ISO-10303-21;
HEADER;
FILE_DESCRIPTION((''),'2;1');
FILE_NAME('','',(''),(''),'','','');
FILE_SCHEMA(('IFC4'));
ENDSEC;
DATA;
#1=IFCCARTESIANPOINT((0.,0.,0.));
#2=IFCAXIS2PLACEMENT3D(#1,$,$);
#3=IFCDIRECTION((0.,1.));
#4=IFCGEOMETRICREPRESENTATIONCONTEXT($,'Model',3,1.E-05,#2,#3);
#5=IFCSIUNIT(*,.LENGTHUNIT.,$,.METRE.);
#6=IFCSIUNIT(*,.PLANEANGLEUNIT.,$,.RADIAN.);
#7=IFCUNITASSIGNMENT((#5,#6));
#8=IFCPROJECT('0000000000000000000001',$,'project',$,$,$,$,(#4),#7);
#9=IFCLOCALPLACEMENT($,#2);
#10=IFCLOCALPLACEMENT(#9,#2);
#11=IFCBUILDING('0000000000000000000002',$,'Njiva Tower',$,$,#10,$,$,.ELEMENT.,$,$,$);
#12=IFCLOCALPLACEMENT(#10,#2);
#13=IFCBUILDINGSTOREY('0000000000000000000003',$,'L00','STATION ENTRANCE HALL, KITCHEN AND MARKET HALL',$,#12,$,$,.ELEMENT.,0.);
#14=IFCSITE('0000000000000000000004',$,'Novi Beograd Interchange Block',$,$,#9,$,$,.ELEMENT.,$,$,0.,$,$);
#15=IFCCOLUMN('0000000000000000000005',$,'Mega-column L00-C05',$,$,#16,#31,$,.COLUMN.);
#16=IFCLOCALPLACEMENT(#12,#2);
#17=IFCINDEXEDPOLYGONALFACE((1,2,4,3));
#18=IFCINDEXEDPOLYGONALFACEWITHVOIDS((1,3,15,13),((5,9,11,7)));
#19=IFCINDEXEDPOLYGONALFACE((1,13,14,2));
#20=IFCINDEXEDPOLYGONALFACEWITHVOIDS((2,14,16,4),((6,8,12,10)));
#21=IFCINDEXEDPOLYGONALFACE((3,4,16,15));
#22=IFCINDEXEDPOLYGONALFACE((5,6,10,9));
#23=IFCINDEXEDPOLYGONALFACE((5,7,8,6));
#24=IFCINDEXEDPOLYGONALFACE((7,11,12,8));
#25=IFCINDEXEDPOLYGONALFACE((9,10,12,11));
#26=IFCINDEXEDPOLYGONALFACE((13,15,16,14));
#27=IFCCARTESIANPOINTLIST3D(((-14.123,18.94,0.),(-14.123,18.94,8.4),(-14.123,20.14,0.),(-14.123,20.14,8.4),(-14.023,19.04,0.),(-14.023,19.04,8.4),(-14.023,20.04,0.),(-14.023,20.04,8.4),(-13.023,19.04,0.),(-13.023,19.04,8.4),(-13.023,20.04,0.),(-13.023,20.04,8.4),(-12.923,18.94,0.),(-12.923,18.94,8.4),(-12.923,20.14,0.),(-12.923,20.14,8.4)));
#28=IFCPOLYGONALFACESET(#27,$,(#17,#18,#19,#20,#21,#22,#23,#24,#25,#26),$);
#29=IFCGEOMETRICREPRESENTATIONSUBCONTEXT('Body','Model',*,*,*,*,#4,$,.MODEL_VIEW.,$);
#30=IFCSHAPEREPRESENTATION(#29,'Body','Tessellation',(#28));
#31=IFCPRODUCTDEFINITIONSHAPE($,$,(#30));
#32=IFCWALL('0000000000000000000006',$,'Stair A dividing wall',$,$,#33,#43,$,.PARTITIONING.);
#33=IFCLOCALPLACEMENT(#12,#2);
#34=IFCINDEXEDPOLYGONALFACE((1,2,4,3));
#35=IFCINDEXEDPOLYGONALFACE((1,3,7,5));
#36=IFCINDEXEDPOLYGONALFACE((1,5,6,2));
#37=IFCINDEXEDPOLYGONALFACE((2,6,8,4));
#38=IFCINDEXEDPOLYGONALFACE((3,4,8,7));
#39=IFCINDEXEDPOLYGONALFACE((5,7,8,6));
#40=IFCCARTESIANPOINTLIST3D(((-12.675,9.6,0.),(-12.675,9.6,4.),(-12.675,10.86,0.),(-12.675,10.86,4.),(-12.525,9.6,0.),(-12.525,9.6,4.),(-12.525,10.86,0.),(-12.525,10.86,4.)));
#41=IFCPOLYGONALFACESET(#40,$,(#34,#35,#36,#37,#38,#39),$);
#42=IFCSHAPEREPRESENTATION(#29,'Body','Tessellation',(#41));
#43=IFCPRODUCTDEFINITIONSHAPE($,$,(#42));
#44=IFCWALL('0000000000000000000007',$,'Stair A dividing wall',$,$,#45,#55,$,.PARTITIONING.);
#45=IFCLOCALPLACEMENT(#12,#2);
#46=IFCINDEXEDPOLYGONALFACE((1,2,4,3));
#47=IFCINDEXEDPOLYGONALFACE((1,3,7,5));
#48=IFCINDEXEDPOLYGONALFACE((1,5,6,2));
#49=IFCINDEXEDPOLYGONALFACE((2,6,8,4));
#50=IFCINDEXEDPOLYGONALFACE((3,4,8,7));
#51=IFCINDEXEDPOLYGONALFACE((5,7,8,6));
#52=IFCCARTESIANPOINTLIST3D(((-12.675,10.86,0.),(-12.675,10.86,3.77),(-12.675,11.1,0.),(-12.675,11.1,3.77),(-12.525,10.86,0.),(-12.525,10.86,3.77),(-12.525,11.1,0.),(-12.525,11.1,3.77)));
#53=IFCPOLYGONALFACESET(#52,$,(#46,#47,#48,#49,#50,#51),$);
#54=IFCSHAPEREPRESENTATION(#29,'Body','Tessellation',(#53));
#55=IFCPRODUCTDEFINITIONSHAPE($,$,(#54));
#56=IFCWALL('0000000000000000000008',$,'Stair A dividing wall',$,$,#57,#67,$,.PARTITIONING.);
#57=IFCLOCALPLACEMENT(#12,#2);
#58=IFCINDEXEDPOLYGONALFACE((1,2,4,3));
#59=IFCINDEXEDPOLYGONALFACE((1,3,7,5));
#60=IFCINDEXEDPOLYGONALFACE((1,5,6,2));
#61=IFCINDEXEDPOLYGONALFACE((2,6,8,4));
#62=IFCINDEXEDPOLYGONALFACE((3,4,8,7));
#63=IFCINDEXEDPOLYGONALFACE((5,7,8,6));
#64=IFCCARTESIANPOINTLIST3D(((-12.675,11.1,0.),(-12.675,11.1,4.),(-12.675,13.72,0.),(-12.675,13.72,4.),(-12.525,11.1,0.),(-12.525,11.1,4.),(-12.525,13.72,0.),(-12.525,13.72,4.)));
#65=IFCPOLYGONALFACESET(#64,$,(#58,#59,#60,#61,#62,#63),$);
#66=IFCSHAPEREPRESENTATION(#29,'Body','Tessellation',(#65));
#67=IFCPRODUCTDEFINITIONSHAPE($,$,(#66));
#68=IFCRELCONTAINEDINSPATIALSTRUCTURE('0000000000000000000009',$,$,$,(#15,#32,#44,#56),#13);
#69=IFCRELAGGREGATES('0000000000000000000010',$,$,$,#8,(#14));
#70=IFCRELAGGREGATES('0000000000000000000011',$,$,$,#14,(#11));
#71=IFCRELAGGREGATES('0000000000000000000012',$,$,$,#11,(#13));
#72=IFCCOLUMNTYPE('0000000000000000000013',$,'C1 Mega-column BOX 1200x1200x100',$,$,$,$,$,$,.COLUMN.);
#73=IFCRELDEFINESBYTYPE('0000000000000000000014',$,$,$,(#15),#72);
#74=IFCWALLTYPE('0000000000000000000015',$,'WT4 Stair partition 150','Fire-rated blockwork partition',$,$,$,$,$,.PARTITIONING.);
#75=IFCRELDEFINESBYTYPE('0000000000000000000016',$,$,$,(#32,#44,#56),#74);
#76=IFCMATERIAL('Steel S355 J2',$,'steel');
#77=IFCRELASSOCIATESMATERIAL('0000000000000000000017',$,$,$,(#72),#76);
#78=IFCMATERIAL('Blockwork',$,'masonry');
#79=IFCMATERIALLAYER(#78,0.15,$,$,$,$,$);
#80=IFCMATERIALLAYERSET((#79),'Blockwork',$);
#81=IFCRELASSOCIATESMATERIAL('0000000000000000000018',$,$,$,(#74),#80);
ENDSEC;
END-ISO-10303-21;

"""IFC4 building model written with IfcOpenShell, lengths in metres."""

from ifc_helpers import new_model, si_unit, direction, frame, frame_2d, origin, origin_2d, place, context, subcontext, project, spatial, rectangle, hollow_rectangle, extrude, material, layer, layer_set, material_profile, profile_set, type_object, element, save


model = new_model("IFC4")

# Units and contexts
model_context = context("Model", 3, precision=1e-05, world=origin(), true_north=direction((0.0, 1.0)))
body_context = subcontext(model_context, "Body", "Model", "MODEL_VIEW")
ifc_project = project(units=[si_unit("LENGTHUNIT", "METRE"), si_unit("PLANEANGLEUNIT", "RADIAN")], contexts=[model_context])

# Site, building, storey
site_placement = place(None, origin())
site = spatial("IfcSite", under=ifc_project, at=site_placement, Name="Novi Beograd Interchange Block", CompositionType="ELEMENT", RefElevation=0.0)
building_placement = place(site_placement, origin())
building = spatial("IfcBuilding", under=site, at=building_placement, Name="Njiva Tower", CompositionType="ELEMENT")
storey_placement = place(building_placement, origin())
storey = spatial("IfcBuildingStorey", under=building, at=storey_placement, Name="L00", Description="STATION ENTRANCE HALL, KITCHEN AND MARKET HALL", CompositionType="ELEMENT", Elevation=0.0)

# Column
ifc_material_1 = material(Name="Steel S355 J2", Category="steel")
ifc_material_profile = material_profile(ifc_material_1, hollow_rectangle(XDim=1.2, YDim=1.2, WallThickness=0.1, at=origin_2d()), Name="BOX 1200x1200x100")
ifc_profile_set = profile_set([ifc_material_profile], Name="Steel S355 J2")
column_type = type_object("IfcColumnType", Name="C1 Mega-column BOX 1200x1200x100", PredefinedType="COLUMN", material=ifc_profile_set)
column_placement = place(storey_placement, frame((-13.523, 19.54, 0.0), z_axis=(0.0, 0.0, 1.0), x_axis=(-1.0, 0.0, 0.0)))
element("IfcColumn", 1, at=column_placement, inside=storey, type_object=column_type, Name="Mega-column L00-C05", PredefinedType="COLUMN", context=body_context, shape_type="SweptSolid", body=[
    extrude(hollow_rectangle(XDim=1.2, YDim=1.2, WallThickness=0.1, at=origin_2d()), origin(), (0.0, 0.0, 1.0), 8.4),
])

# Walls
ifc_material_2 = material(Name="Blockwork", Category="masonry")
ifc_layer = layer(ifc_material_2, 0.15)
ifc_layer_set = layer_set([ifc_layer], Name="Blockwork")
wall_type = type_object("IfcWallType", Name="WT4 Stair partition 150", Description="Fire-rated blockwork partition", PredefinedType="PARTITIONING", material=ifc_layer_set)
wall_1_placement = place(storey_placement, frame((-12.6, 9.6, 0.0), z_axis=(0.0, 0.0, 1.0), x_axis=(0.0, 1.0, 0.0)))
element("IfcWall", 2, at=wall_1_placement, inside=storey, type_object=wall_type, Name="Stair A dividing wall", PredefinedType="PARTITIONING", context=body_context, shape_type="SweptSolid", body=[
    extrude(rectangle(XDim=1.26, YDim=0.15, at=frame_2d((0.63, 0.0))), origin(), (0.0, 0.0, 1.0), 4.0),
])
wall_2_placement = place(storey_placement, frame((-12.6, 10.86, 0.0), z_axis=(0.0, 0.0, 1.0), x_axis=(0.0, 1.0, 0.0)))
element("IfcWall", 3, at=wall_2_placement, inside=storey, type_object=wall_type, Name="Stair A dividing wall", PredefinedType="PARTITIONING", context=body_context, shape_type="SweptSolid", body=[
    extrude(rectangle(XDim=0.24, YDim=0.15, at=frame_2d((0.12, 0.0))), origin(), (0.0, 0.0, 1.0), 3.77),
])
wall_3_placement = place(storey_placement, frame((-12.6, 11.1, 0.0), z_axis=(0.0, 0.0, 1.0), x_axis=(0.0, 1.0, 0.0)))
element("IfcWall", 4, at=wall_3_placement, inside=storey, type_object=wall_type, Name="Stair A dividing wall", PredefinedType="PARTITIONING", context=body_context, shape_type="SweptSolid", body=[
    extrude(rectangle(XDim=2.62, YDim=0.15, at=frame_2d((1.31, 0.0))), origin(), (0.0, 0.0, 1.0), 4.0),
])

save(model, "model.ifc")
